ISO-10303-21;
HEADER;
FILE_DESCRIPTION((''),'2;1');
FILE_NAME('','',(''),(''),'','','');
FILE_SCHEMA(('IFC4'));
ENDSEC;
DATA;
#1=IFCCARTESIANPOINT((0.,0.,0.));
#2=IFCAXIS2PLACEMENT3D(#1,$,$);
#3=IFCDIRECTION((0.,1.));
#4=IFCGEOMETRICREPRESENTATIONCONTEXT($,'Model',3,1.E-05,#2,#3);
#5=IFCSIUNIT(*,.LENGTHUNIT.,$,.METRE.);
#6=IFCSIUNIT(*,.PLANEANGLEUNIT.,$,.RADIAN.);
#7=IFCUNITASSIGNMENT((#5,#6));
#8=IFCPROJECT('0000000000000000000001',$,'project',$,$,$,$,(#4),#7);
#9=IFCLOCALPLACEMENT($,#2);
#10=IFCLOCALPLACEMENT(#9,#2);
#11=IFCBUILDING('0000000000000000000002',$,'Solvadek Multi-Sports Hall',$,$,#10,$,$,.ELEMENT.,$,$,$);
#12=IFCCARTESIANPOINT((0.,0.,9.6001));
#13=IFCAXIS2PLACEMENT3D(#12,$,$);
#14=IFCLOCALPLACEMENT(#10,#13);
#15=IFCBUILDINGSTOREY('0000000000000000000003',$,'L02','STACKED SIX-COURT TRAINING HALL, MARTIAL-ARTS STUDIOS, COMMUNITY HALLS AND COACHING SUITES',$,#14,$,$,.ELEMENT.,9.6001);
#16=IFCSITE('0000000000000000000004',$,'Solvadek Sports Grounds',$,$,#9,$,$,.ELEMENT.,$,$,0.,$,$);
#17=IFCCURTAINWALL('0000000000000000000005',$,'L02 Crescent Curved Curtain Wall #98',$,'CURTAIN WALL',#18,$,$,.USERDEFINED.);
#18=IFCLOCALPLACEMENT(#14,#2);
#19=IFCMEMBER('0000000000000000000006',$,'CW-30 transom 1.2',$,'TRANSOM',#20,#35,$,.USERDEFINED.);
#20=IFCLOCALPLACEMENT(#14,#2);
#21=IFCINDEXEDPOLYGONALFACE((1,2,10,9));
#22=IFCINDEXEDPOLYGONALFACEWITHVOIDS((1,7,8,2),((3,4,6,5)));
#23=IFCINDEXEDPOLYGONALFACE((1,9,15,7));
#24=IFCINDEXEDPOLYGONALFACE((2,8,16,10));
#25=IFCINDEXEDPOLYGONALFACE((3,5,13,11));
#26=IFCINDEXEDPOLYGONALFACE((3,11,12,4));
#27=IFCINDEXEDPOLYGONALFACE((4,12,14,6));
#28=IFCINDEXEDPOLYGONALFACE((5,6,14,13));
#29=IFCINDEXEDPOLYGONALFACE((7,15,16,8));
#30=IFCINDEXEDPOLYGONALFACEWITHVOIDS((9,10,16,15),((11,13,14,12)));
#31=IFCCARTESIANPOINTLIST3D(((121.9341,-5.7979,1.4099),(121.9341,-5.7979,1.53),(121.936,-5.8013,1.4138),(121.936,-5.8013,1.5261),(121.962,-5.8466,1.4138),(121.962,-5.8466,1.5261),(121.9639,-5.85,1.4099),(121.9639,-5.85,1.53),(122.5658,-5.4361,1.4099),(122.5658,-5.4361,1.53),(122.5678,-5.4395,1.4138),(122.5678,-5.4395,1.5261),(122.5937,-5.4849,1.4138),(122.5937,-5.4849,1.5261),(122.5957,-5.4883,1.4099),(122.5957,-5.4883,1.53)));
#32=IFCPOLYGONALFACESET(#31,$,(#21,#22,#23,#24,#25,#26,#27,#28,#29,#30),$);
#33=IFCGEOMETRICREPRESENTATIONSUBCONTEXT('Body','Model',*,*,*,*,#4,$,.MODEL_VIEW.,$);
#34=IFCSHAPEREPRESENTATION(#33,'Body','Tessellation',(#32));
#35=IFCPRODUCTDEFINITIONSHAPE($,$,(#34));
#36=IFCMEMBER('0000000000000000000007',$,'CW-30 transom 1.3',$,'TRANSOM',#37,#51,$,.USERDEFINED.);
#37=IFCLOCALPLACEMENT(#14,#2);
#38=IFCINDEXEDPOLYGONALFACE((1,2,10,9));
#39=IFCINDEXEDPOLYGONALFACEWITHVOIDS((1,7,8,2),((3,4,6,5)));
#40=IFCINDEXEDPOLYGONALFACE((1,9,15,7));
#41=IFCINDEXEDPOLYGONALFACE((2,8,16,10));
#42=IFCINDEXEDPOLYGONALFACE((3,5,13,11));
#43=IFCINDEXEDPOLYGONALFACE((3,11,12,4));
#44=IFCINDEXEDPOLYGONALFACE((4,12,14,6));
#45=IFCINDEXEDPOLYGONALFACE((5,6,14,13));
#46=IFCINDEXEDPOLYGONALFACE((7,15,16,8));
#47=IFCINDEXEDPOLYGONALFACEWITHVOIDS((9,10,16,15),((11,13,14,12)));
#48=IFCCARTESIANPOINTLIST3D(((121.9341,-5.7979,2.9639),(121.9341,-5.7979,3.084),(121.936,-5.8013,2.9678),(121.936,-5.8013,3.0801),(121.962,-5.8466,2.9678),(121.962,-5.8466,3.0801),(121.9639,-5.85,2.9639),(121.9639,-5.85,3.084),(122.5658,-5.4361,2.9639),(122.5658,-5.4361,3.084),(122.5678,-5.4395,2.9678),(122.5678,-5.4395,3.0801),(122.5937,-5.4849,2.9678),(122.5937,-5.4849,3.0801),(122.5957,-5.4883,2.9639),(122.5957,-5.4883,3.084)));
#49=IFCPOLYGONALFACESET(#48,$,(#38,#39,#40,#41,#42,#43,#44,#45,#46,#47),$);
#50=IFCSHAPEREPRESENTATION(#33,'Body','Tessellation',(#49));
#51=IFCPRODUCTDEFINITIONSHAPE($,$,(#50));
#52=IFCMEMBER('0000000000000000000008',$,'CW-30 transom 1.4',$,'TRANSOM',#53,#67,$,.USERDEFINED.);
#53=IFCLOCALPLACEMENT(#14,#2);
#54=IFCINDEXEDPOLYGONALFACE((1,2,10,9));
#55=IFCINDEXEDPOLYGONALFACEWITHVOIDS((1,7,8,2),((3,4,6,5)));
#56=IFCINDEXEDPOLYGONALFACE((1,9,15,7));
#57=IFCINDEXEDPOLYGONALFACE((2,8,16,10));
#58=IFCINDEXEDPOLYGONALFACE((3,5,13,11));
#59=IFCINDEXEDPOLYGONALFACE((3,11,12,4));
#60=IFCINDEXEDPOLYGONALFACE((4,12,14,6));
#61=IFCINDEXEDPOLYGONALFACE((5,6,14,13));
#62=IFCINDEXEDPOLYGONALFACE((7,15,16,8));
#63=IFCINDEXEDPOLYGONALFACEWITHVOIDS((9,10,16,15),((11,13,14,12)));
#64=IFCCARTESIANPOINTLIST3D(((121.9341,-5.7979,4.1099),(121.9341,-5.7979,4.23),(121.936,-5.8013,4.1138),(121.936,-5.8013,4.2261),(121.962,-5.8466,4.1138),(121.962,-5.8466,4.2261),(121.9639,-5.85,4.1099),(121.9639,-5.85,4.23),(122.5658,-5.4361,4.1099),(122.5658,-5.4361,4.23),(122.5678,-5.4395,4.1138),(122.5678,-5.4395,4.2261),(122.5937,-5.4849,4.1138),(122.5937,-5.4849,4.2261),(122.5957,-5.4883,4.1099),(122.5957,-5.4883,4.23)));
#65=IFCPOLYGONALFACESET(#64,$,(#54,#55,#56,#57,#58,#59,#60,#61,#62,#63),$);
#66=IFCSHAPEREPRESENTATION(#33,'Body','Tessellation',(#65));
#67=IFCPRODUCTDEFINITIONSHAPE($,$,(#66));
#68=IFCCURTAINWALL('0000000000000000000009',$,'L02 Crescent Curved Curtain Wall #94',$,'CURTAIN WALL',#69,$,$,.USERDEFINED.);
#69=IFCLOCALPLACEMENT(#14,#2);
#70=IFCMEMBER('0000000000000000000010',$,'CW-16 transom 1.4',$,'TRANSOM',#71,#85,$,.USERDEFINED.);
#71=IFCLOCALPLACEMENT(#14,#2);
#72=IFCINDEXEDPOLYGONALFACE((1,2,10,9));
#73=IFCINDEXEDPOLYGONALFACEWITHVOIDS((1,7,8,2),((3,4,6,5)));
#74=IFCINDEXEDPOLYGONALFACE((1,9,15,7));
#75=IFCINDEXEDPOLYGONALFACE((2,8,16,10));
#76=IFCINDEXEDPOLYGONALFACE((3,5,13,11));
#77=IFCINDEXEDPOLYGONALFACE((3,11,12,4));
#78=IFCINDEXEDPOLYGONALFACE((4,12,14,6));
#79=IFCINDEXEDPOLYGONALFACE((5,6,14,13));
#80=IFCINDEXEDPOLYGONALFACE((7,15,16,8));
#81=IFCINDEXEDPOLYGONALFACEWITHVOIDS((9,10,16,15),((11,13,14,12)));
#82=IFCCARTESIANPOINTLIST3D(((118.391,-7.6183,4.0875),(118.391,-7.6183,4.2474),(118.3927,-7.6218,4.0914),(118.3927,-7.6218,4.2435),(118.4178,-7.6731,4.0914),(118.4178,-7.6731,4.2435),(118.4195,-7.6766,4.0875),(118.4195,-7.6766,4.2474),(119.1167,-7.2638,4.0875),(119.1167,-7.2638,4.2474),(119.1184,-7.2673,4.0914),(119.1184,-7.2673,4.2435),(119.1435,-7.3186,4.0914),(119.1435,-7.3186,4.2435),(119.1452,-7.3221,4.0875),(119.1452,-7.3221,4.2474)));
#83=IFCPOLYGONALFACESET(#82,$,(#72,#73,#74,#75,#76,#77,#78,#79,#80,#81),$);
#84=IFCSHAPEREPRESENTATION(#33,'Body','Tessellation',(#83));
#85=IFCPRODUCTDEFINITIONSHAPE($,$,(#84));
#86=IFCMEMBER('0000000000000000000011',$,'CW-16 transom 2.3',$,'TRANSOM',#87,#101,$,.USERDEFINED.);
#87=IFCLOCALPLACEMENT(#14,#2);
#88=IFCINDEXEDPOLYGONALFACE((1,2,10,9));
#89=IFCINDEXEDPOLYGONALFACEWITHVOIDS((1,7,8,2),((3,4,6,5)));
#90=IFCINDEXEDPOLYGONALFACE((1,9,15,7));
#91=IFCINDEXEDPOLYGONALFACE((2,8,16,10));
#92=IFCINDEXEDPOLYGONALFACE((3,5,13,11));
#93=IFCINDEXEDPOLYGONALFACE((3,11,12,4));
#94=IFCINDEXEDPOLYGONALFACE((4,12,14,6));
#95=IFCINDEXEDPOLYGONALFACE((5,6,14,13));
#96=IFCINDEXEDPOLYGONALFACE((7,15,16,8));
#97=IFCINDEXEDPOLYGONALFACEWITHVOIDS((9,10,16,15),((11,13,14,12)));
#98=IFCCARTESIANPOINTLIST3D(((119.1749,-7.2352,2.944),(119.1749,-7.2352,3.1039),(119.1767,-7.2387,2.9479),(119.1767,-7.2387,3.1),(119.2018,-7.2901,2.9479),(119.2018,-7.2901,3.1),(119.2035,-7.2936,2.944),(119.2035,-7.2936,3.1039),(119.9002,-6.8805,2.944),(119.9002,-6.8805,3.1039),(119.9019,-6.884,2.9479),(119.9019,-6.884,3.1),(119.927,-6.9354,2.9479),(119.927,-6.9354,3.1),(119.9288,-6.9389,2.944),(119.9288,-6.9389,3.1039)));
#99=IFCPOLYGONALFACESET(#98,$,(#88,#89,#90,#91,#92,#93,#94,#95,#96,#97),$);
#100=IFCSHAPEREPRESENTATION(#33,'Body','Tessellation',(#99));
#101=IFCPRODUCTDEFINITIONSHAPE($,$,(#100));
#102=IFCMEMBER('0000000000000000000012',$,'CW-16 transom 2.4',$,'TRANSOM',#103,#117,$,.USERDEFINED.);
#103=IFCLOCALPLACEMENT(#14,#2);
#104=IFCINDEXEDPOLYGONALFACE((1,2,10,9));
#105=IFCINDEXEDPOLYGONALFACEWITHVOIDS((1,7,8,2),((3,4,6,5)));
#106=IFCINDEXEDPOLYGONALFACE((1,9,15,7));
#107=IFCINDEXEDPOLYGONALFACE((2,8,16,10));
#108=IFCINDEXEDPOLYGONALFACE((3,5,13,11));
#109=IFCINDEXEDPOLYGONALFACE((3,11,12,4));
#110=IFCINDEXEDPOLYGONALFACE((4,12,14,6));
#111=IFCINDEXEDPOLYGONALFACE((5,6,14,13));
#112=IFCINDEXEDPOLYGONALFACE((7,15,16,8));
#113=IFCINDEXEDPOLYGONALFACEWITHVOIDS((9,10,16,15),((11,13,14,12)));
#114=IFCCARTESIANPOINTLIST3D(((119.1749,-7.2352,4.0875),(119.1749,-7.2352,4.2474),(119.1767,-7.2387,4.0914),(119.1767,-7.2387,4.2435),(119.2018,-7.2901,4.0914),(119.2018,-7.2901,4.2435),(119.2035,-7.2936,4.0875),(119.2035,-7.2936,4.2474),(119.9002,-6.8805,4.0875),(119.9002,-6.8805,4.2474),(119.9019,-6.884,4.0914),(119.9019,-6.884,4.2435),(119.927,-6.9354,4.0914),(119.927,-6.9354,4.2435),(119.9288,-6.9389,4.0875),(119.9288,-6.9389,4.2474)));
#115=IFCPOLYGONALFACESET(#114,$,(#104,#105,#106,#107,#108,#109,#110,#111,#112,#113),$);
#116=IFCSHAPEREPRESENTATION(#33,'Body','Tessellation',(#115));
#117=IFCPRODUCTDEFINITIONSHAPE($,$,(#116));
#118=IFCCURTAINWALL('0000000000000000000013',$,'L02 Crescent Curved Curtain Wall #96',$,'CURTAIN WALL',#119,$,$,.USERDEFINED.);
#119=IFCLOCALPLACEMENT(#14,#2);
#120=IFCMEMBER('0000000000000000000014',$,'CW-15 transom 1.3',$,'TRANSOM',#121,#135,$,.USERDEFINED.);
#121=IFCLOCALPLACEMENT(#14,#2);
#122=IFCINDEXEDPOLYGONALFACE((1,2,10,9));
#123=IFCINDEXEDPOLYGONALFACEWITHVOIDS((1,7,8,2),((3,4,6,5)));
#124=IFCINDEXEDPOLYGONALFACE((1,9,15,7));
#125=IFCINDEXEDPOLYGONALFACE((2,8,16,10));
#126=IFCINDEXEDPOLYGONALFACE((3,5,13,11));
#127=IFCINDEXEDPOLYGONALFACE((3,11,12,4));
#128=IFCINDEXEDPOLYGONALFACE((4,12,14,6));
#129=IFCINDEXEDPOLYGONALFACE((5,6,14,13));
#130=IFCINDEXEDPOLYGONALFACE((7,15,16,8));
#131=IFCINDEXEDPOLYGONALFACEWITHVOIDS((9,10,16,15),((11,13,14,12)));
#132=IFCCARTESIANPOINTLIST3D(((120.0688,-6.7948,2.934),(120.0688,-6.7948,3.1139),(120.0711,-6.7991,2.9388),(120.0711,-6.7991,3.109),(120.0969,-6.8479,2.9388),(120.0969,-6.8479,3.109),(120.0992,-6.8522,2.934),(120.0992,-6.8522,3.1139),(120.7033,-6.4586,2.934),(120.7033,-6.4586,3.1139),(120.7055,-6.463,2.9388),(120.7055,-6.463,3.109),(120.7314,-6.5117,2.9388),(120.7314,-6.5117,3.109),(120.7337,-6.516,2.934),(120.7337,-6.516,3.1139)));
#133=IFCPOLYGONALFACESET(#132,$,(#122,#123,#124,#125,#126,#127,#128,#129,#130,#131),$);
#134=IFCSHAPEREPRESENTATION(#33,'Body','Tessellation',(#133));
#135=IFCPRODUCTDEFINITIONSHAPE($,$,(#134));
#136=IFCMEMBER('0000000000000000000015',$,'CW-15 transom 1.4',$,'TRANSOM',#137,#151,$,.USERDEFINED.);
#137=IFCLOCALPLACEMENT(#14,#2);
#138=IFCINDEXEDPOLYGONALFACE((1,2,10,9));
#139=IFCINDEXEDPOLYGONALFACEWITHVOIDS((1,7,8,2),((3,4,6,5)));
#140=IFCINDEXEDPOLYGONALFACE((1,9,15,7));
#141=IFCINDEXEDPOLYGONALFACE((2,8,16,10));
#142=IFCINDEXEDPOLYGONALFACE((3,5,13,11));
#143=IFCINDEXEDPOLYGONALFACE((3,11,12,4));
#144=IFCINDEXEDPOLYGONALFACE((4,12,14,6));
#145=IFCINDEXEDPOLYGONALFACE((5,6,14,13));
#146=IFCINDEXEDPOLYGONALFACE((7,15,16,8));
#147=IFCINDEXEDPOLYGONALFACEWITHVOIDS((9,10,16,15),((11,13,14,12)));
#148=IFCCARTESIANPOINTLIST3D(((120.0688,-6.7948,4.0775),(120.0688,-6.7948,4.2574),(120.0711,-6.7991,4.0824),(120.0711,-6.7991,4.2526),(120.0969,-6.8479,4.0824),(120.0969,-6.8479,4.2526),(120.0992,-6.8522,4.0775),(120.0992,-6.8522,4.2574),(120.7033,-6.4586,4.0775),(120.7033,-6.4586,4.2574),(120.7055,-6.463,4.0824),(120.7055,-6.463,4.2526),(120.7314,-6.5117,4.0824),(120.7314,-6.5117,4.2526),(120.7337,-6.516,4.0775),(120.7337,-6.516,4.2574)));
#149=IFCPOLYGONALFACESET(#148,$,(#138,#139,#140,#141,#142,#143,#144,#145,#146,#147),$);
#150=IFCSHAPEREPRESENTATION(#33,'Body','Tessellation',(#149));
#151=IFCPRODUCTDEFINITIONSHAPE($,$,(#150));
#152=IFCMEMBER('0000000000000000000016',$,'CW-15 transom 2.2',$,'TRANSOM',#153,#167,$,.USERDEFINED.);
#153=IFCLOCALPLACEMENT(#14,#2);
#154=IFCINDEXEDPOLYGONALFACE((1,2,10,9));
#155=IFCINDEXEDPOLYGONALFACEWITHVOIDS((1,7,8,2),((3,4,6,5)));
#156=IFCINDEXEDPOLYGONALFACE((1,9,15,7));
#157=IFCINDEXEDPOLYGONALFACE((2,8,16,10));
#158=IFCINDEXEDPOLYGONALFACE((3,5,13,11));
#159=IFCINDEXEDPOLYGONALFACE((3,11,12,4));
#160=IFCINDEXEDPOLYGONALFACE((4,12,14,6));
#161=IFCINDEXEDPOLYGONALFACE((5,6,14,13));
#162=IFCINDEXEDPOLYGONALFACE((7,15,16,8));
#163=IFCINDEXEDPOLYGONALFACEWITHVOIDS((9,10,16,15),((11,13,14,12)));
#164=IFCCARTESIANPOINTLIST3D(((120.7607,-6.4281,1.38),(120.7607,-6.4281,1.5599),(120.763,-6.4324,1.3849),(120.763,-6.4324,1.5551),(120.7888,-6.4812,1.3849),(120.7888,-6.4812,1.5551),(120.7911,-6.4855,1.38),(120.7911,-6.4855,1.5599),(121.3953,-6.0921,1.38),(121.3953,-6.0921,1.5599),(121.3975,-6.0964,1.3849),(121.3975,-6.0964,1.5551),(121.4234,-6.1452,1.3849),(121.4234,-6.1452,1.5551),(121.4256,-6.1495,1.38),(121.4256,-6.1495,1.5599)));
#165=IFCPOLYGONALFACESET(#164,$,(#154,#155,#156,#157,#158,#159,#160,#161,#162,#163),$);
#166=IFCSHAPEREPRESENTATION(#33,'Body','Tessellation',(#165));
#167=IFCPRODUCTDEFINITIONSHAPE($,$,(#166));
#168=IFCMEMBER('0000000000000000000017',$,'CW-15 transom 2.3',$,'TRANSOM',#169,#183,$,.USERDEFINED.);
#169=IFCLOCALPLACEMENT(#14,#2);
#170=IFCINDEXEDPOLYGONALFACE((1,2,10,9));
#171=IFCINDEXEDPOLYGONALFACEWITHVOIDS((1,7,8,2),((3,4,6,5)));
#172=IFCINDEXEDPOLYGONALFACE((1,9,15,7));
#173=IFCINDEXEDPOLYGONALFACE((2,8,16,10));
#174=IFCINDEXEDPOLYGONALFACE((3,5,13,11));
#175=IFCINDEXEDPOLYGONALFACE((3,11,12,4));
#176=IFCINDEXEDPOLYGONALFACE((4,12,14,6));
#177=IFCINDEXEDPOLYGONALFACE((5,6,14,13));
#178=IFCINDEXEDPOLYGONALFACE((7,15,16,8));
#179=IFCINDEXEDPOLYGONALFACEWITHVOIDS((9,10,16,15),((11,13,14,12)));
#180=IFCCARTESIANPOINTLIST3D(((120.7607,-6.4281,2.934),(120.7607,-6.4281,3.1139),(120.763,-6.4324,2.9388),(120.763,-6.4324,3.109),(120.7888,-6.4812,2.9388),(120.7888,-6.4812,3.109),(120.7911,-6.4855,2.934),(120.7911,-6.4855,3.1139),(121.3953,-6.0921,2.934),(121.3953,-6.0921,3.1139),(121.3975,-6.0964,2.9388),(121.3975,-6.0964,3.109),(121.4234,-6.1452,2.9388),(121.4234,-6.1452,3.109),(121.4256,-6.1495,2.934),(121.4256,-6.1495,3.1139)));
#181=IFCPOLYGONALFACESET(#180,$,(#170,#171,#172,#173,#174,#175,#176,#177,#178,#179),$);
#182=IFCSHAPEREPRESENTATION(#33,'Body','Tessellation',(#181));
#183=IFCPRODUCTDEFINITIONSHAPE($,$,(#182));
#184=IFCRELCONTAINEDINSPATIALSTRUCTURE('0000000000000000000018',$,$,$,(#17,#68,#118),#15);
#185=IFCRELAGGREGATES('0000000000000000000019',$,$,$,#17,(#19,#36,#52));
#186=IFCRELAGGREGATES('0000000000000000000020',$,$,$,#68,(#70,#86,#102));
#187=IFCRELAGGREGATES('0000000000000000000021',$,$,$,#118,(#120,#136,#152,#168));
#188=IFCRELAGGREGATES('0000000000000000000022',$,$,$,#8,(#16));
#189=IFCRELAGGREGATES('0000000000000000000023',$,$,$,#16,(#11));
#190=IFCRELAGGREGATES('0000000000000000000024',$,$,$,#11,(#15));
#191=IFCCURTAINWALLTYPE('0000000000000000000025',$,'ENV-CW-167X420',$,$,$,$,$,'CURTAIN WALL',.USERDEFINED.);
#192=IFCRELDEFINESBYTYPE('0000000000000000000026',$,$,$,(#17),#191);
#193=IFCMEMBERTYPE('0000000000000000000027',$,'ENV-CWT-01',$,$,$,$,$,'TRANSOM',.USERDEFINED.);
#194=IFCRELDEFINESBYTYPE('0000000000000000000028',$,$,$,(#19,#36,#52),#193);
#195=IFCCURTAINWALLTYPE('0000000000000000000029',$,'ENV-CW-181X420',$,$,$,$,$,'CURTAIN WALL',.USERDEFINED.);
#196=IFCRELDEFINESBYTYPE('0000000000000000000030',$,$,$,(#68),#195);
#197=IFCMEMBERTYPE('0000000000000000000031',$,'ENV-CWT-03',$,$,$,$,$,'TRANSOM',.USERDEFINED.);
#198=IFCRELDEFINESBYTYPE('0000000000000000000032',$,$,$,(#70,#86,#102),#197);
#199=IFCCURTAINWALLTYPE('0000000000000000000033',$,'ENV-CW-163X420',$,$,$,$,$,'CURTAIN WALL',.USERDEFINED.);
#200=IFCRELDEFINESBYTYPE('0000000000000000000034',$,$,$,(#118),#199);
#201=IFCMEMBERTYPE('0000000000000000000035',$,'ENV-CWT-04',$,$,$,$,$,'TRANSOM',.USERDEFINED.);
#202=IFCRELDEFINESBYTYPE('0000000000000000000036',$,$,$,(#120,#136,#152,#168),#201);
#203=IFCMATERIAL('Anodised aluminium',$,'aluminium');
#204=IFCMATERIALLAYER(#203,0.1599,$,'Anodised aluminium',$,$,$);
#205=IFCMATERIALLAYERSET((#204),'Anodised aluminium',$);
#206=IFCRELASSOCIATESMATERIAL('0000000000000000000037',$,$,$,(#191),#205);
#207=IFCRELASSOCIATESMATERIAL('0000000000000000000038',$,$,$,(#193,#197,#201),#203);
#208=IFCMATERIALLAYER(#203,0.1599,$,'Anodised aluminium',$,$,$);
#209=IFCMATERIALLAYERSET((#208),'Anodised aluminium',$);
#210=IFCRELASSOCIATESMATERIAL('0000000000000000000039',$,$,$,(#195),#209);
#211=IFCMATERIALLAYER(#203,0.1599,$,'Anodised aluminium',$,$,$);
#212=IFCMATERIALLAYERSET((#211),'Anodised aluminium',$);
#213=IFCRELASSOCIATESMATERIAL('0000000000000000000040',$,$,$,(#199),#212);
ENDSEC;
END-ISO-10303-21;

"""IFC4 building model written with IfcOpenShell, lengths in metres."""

from ifc_helpers import new_model, si_unit, direction, frame, origin, origin_2d, place, context, subcontext, project, spatial, hollow_rectangle, extrude, material, layer, layer_set, material_profile, profile_set, type_object, element, aggregate, save


model = new_model("IFC4")

# Units and contexts
model_context = context("Model", 3, precision=1e-05, world=origin(), true_north=direction((0.0, 1.0)))
body_context = subcontext(model_context, "Body", "Model", "MODEL_VIEW")
ifc_project = project(units=[si_unit("LENGTHUNIT", "METRE"), si_unit("PLANEANGLEUNIT", "RADIAN")], contexts=[model_context])

# Site, building, storey
site_placement = place(None, origin())
site = spatial("IfcSite", under=ifc_project, at=site_placement, Name="Solvadek Sports Grounds", CompositionType="ELEMENT", RefElevation=0.0)
building_placement = place(site_placement, origin())
building = spatial("IfcBuilding", under=site, at=building_placement, Name="Solvadek Multi-Sports Hall", CompositionType="ELEMENT")
storey_placement = place(building_placement, frame((0.0, 0.0, 9.6001)))
storey = spatial("IfcBuildingStorey", under=building, at=storey_placement, Name="L02", Description="STACKED SIX-COURT TRAINING HALL, MARTIAL-ARTS STUDIOS, COMMUNITY HALLS AND COACHING SUITES", CompositionType="ELEMENT", Elevation=9.6001)

# Curtain walls, members
ifc_material_1 = material(Name="Anodised aluminium", Category="aluminium")
ifc_layer_1 = layer(ifc_material_1, 0.1599, Name="Anodised aluminium")
ifc_layer_set_1 = layer_set([ifc_layer_1], Name="Anodised aluminium")
curtain_wall_type_1 = type_object("IfcCurtainWallType", Name="ENV-CW-167X420", ElementType="CURTAIN WALL", PredefinedType="USERDEFINED", material=ifc_layer_set_1)
curtain_wall_1_placement = place(storey_placement, origin())
curtain_wall_1 = element("IfcCurtainWall", 1, at=curtain_wall_1_placement, inside=storey, type_object=curtain_wall_type_1, Name="L02 Crescent Curved Curtain Wall #98", ObjectType="CURTAIN WALL", PredefinedType="USERDEFINED")
ifc_material_profile_1 = material_profile(ifc_material_1, hollow_rectangle(XDim=0.0601, YDim=0.1201, WallThickness=0.0039, at=origin_2d()), Name="ALU-T 120x60x4")
ifc_profile_set_1 = profile_set([ifc_material_profile_1], Name="Anodised aluminium")
member_type_1 = type_object("IfcMemberType", Name="ENV-CWT-01", ElementType="TRANSOM", PredefinedType="USERDEFINED", material=ifc_profile_set_1)
member_1_placement = place(storey_placement, frame((121.949, -5.824, 1.47), z_axis=(0.867789, 0.496933, 0.0), x_axis=(-0.496933, 0.867789, 0.0)))
member_1 = element("IfcMember", 2, at=member_1_placement, type_object=member_type_1, Name="CW-30 transom 1.2", ObjectType="TRANSOM", PredefinedType="USERDEFINED", context=body_context, shape_type="SweptSolid", body=[
    extrude(hollow_rectangle(XDim=0.0601, YDim=0.1201, WallThickness=0.0039, at=origin_2d()), origin(), (0.0, 0.0, 1.0), 0.728),
])
member_2_placement = place(storey_placement, frame((121.949, -5.824, 3.0239), z_axis=(0.867789, 0.496933, 0.0), x_axis=(-0.496933, 0.867789, 0.0)))
member_2 = element("IfcMember", 3, at=member_2_placement, type_object=member_type_1, Name="CW-30 transom 1.3", ObjectType="TRANSOM", PredefinedType="USERDEFINED", context=body_context, shape_type="SweptSolid", body=[
    extrude(hollow_rectangle(XDim=0.0601, YDim=0.1201, WallThickness=0.0039, at=origin_2d()), origin(), (0.0, 0.0, 1.0), 0.728),
])
member_3_placement = place(storey_placement, frame((121.949, -5.824, 4.1699), z_axis=(0.867789, 0.496933, 0.0), x_axis=(-0.496933, 0.867789, 0.0)))
member_3 = element("IfcMember", 4, at=member_3_placement, type_object=member_type_1, Name="CW-30 transom 1.4", ObjectType="TRANSOM", PredefinedType="USERDEFINED", context=body_context, shape_type="SweptSolid", body=[
    extrude(hollow_rectangle(XDim=0.0601, YDim=0.1201, WallThickness=0.0039, at=origin_2d()), origin(), (0.0, 0.0, 1.0), 0.728),
])
ifc_layer_2 = layer(ifc_material_1, 0.1599, Name="Anodised aluminium")
ifc_layer_set_2 = layer_set([ifc_layer_2], Name="Anodised aluminium")
curtain_wall_type_2 = type_object("IfcCurtainWallType", Name="ENV-CW-181X420", ElementType="CURTAIN WALL", PredefinedType="USERDEFINED", material=ifc_layer_set_2)
curtain_wall_2_placement = place(storey_placement, origin())
curtain_wall_2 = element("IfcCurtainWall", 5, at=curtain_wall_2_placement, inside=storey, type_object=curtain_wall_type_2, Name="L02 Crescent Curved Curtain Wall #94", ObjectType="CURTAIN WALL", PredefinedType="USERDEFINED")
ifc_material_profile_2 = material_profile(ifc_material_1, hollow_rectangle(XDim=0.0649, YDim=0.1599, WallThickness=0.0039, at=origin_2d()), Name="ALU-T 160x65x4")
ifc_profile_set_2 = profile_set([ifc_material_profile_2], Name="Anodised aluminium")
member_type_2 = type_object("IfcMemberType", Name="ENV-CWT-03", ElementType="TRANSOM", PredefinedType="USERDEFINED", material=ifc_profile_set_2)
member_4_placement = place(storey_placement, frame((118.4053, -7.6475, 4.1675), z_axis=(0.898501, 0.438972, 0.0), x_axis=(-0.438972, 0.898501, 0.0)))
member_4 = element("IfcMember", 6, at=member_4_placement, type_object=member_type_2, Name="CW-16 transom 1.4", ObjectType="TRANSOM", PredefinedType="USERDEFINED", context=body_context, shape_type="SweptSolid", body=[
    extrude(hollow_rectangle(XDim=0.0649, YDim=0.1599, WallThickness=0.0039, at=origin_2d()), origin(), (0.0, 0.0, 1.0), 0.8076),
])
member_5_placement = place(storey_placement, frame((119.1892, -7.2644, 3.0239), z_axis=(0.898323, 0.439335, 0.0), x_axis=(-0.439335, 0.898323, 0.0)))
member_5 = element("IfcMember", 7, at=member_5_placement, type_object=member_type_2, Name="CW-16 transom 2.3", ObjectType="TRANSOM", PredefinedType="USERDEFINED", context=body_context, shape_type="SweptSolid", body=[
    extrude(hollow_rectangle(XDim=0.0649, YDim=0.1599, WallThickness=0.0039, at=origin_2d()), origin(), (0.0, 0.0, 1.0), 0.8074),
])
member_6_placement = place(storey_placement, frame((119.1892, -7.2644, 4.1675), z_axis=(0.898323, 0.439335, 0.0), x_axis=(-0.439335, 0.898323, 0.0)))
member_6 = element("IfcMember", 8, at=member_6_placement, type_object=member_type_2, Name="CW-16 transom 2.4", ObjectType="TRANSOM", PredefinedType="USERDEFINED", context=body_context, shape_type="SweptSolid", body=[
    extrude(hollow_rectangle(XDim=0.0649, YDim=0.1599, WallThickness=0.0039, at=origin_2d()), origin(), (0.0, 0.0, 1.0), 0.8074),
])
ifc_layer_3 = layer(ifc_material_1, 0.1599, Name="Anodised aluminium")
ifc_layer_set_3 = layer_set([ifc_layer_3], Name="Anodised aluminium")
curtain_wall_type_3 = type_object("IfcCurtainWallType", Name="ENV-CW-163X420", ElementType="CURTAIN WALL", PredefinedType="USERDEFINED", material=ifc_layer_set_3)
curtain_wall_3_placement = place(storey_placement, origin())
curtain_wall_3 = element("IfcCurtainWall", 9, at=curtain_wall_3_placement, inside=storey, type_object=curtain_wall_type_3, Name="L02 Crescent Curved Curtain Wall #96", ObjectType="CURTAIN WALL", PredefinedType="USERDEFINED")
ifc_material_profile_3 = material_profile(ifc_material_1, hollow_rectangle(XDim=0.0649, YDim=0.1799, WallThickness=0.0049, at=origin_2d()), Name="ALU-T 180x65x5")
ifc_profile_set_3 = profile_set([ifc_material_profile_3], Name="Anodised aluminium")
member_type_3 = type_object("IfcMemberType", Name="ENV-CWT-04", ElementType="TRANSOM", PredefinedType="USERDEFINED", material=ifc_profile_set_3)
member_7_placement = place(storey_placement, frame((120.084, -6.8235, 3.0239), z_axis=(0.883639, 0.468169, 0.0), x_axis=(-0.468169, 0.883639, 0.0)))
member_7 = element("IfcMember", 10, at=member_7_placement, type_object=member_type_3, Name="CW-15 transom 1.3", ObjectType="TRANSOM", PredefinedType="USERDEFINED", context=body_context, shape_type="SweptSolid", body=[
    extrude(hollow_rectangle(XDim=0.0649, YDim=0.1799, WallThickness=0.0049, at=origin_2d()), origin(), (0.0, 0.0, 1.0), 0.718),
])
member_8_placement = place(storey_placement, frame((120.084, -6.8235, 4.1675), z_axis=(0.883639, 0.468169, 0.0), x_axis=(-0.468169, 0.883639, 0.0)))
member_8 = element("IfcMember", 11, at=member_8_placement, type_object=member_type_3, Name="CW-15 transom 1.4", ObjectType="TRANSOM", PredefinedType="USERDEFINED", context=body_context, shape_type="SweptSolid", body=[
    extrude(hollow_rectangle(XDim=0.0649, YDim=0.1799, WallThickness=0.0049, at=origin_2d()), origin(), (0.0, 0.0, 1.0), 0.718),
])
member_9_placement = place(storey_placement, frame((120.7759, -6.4568, 1.47), z_axis=(0.88378, 0.467903, 0.0), x_axis=(-0.467903, 0.88378, 0.0)))
member_9 = element("IfcMember", 12, at=member_9_placement, type_object=member_type_3, Name="CW-15 transom 2.2", ObjectType="TRANSOM", PredefinedType="USERDEFINED", context=body_context, shape_type="SweptSolid", body=[
    extrude(hollow_rectangle(XDim=0.0649, YDim=0.1799, WallThickness=0.0049, at=origin_2d()), origin(), (0.0, 0.0, 1.0), 0.718),
])
member_10_placement = place(storey_placement, frame((120.7759, -6.4568, 3.0239), z_axis=(0.88378, 0.467903, 0.0), x_axis=(-0.467903, 0.88378, 0.0)))
member_10 = element("IfcMember", 13, at=member_10_placement, type_object=member_type_3, Name="CW-15 transom 2.3", ObjectType="TRANSOM", PredefinedType="USERDEFINED", context=body_context, shape_type="SweptSolid", body=[
    extrude(hollow_rectangle(XDim=0.0649, YDim=0.1799, WallThickness=0.0049, at=origin_2d()), origin(), (0.0, 0.0, 1.0), 0.718),
])

aggregate(curtain_wall_1, [member_1, member_2, member_3])
aggregate(curtain_wall_2, [member_4, member_5, member_6])
aggregate(curtain_wall_3, [member_7, member_8, member_9, member_10])

save(model, "model.ifc")
